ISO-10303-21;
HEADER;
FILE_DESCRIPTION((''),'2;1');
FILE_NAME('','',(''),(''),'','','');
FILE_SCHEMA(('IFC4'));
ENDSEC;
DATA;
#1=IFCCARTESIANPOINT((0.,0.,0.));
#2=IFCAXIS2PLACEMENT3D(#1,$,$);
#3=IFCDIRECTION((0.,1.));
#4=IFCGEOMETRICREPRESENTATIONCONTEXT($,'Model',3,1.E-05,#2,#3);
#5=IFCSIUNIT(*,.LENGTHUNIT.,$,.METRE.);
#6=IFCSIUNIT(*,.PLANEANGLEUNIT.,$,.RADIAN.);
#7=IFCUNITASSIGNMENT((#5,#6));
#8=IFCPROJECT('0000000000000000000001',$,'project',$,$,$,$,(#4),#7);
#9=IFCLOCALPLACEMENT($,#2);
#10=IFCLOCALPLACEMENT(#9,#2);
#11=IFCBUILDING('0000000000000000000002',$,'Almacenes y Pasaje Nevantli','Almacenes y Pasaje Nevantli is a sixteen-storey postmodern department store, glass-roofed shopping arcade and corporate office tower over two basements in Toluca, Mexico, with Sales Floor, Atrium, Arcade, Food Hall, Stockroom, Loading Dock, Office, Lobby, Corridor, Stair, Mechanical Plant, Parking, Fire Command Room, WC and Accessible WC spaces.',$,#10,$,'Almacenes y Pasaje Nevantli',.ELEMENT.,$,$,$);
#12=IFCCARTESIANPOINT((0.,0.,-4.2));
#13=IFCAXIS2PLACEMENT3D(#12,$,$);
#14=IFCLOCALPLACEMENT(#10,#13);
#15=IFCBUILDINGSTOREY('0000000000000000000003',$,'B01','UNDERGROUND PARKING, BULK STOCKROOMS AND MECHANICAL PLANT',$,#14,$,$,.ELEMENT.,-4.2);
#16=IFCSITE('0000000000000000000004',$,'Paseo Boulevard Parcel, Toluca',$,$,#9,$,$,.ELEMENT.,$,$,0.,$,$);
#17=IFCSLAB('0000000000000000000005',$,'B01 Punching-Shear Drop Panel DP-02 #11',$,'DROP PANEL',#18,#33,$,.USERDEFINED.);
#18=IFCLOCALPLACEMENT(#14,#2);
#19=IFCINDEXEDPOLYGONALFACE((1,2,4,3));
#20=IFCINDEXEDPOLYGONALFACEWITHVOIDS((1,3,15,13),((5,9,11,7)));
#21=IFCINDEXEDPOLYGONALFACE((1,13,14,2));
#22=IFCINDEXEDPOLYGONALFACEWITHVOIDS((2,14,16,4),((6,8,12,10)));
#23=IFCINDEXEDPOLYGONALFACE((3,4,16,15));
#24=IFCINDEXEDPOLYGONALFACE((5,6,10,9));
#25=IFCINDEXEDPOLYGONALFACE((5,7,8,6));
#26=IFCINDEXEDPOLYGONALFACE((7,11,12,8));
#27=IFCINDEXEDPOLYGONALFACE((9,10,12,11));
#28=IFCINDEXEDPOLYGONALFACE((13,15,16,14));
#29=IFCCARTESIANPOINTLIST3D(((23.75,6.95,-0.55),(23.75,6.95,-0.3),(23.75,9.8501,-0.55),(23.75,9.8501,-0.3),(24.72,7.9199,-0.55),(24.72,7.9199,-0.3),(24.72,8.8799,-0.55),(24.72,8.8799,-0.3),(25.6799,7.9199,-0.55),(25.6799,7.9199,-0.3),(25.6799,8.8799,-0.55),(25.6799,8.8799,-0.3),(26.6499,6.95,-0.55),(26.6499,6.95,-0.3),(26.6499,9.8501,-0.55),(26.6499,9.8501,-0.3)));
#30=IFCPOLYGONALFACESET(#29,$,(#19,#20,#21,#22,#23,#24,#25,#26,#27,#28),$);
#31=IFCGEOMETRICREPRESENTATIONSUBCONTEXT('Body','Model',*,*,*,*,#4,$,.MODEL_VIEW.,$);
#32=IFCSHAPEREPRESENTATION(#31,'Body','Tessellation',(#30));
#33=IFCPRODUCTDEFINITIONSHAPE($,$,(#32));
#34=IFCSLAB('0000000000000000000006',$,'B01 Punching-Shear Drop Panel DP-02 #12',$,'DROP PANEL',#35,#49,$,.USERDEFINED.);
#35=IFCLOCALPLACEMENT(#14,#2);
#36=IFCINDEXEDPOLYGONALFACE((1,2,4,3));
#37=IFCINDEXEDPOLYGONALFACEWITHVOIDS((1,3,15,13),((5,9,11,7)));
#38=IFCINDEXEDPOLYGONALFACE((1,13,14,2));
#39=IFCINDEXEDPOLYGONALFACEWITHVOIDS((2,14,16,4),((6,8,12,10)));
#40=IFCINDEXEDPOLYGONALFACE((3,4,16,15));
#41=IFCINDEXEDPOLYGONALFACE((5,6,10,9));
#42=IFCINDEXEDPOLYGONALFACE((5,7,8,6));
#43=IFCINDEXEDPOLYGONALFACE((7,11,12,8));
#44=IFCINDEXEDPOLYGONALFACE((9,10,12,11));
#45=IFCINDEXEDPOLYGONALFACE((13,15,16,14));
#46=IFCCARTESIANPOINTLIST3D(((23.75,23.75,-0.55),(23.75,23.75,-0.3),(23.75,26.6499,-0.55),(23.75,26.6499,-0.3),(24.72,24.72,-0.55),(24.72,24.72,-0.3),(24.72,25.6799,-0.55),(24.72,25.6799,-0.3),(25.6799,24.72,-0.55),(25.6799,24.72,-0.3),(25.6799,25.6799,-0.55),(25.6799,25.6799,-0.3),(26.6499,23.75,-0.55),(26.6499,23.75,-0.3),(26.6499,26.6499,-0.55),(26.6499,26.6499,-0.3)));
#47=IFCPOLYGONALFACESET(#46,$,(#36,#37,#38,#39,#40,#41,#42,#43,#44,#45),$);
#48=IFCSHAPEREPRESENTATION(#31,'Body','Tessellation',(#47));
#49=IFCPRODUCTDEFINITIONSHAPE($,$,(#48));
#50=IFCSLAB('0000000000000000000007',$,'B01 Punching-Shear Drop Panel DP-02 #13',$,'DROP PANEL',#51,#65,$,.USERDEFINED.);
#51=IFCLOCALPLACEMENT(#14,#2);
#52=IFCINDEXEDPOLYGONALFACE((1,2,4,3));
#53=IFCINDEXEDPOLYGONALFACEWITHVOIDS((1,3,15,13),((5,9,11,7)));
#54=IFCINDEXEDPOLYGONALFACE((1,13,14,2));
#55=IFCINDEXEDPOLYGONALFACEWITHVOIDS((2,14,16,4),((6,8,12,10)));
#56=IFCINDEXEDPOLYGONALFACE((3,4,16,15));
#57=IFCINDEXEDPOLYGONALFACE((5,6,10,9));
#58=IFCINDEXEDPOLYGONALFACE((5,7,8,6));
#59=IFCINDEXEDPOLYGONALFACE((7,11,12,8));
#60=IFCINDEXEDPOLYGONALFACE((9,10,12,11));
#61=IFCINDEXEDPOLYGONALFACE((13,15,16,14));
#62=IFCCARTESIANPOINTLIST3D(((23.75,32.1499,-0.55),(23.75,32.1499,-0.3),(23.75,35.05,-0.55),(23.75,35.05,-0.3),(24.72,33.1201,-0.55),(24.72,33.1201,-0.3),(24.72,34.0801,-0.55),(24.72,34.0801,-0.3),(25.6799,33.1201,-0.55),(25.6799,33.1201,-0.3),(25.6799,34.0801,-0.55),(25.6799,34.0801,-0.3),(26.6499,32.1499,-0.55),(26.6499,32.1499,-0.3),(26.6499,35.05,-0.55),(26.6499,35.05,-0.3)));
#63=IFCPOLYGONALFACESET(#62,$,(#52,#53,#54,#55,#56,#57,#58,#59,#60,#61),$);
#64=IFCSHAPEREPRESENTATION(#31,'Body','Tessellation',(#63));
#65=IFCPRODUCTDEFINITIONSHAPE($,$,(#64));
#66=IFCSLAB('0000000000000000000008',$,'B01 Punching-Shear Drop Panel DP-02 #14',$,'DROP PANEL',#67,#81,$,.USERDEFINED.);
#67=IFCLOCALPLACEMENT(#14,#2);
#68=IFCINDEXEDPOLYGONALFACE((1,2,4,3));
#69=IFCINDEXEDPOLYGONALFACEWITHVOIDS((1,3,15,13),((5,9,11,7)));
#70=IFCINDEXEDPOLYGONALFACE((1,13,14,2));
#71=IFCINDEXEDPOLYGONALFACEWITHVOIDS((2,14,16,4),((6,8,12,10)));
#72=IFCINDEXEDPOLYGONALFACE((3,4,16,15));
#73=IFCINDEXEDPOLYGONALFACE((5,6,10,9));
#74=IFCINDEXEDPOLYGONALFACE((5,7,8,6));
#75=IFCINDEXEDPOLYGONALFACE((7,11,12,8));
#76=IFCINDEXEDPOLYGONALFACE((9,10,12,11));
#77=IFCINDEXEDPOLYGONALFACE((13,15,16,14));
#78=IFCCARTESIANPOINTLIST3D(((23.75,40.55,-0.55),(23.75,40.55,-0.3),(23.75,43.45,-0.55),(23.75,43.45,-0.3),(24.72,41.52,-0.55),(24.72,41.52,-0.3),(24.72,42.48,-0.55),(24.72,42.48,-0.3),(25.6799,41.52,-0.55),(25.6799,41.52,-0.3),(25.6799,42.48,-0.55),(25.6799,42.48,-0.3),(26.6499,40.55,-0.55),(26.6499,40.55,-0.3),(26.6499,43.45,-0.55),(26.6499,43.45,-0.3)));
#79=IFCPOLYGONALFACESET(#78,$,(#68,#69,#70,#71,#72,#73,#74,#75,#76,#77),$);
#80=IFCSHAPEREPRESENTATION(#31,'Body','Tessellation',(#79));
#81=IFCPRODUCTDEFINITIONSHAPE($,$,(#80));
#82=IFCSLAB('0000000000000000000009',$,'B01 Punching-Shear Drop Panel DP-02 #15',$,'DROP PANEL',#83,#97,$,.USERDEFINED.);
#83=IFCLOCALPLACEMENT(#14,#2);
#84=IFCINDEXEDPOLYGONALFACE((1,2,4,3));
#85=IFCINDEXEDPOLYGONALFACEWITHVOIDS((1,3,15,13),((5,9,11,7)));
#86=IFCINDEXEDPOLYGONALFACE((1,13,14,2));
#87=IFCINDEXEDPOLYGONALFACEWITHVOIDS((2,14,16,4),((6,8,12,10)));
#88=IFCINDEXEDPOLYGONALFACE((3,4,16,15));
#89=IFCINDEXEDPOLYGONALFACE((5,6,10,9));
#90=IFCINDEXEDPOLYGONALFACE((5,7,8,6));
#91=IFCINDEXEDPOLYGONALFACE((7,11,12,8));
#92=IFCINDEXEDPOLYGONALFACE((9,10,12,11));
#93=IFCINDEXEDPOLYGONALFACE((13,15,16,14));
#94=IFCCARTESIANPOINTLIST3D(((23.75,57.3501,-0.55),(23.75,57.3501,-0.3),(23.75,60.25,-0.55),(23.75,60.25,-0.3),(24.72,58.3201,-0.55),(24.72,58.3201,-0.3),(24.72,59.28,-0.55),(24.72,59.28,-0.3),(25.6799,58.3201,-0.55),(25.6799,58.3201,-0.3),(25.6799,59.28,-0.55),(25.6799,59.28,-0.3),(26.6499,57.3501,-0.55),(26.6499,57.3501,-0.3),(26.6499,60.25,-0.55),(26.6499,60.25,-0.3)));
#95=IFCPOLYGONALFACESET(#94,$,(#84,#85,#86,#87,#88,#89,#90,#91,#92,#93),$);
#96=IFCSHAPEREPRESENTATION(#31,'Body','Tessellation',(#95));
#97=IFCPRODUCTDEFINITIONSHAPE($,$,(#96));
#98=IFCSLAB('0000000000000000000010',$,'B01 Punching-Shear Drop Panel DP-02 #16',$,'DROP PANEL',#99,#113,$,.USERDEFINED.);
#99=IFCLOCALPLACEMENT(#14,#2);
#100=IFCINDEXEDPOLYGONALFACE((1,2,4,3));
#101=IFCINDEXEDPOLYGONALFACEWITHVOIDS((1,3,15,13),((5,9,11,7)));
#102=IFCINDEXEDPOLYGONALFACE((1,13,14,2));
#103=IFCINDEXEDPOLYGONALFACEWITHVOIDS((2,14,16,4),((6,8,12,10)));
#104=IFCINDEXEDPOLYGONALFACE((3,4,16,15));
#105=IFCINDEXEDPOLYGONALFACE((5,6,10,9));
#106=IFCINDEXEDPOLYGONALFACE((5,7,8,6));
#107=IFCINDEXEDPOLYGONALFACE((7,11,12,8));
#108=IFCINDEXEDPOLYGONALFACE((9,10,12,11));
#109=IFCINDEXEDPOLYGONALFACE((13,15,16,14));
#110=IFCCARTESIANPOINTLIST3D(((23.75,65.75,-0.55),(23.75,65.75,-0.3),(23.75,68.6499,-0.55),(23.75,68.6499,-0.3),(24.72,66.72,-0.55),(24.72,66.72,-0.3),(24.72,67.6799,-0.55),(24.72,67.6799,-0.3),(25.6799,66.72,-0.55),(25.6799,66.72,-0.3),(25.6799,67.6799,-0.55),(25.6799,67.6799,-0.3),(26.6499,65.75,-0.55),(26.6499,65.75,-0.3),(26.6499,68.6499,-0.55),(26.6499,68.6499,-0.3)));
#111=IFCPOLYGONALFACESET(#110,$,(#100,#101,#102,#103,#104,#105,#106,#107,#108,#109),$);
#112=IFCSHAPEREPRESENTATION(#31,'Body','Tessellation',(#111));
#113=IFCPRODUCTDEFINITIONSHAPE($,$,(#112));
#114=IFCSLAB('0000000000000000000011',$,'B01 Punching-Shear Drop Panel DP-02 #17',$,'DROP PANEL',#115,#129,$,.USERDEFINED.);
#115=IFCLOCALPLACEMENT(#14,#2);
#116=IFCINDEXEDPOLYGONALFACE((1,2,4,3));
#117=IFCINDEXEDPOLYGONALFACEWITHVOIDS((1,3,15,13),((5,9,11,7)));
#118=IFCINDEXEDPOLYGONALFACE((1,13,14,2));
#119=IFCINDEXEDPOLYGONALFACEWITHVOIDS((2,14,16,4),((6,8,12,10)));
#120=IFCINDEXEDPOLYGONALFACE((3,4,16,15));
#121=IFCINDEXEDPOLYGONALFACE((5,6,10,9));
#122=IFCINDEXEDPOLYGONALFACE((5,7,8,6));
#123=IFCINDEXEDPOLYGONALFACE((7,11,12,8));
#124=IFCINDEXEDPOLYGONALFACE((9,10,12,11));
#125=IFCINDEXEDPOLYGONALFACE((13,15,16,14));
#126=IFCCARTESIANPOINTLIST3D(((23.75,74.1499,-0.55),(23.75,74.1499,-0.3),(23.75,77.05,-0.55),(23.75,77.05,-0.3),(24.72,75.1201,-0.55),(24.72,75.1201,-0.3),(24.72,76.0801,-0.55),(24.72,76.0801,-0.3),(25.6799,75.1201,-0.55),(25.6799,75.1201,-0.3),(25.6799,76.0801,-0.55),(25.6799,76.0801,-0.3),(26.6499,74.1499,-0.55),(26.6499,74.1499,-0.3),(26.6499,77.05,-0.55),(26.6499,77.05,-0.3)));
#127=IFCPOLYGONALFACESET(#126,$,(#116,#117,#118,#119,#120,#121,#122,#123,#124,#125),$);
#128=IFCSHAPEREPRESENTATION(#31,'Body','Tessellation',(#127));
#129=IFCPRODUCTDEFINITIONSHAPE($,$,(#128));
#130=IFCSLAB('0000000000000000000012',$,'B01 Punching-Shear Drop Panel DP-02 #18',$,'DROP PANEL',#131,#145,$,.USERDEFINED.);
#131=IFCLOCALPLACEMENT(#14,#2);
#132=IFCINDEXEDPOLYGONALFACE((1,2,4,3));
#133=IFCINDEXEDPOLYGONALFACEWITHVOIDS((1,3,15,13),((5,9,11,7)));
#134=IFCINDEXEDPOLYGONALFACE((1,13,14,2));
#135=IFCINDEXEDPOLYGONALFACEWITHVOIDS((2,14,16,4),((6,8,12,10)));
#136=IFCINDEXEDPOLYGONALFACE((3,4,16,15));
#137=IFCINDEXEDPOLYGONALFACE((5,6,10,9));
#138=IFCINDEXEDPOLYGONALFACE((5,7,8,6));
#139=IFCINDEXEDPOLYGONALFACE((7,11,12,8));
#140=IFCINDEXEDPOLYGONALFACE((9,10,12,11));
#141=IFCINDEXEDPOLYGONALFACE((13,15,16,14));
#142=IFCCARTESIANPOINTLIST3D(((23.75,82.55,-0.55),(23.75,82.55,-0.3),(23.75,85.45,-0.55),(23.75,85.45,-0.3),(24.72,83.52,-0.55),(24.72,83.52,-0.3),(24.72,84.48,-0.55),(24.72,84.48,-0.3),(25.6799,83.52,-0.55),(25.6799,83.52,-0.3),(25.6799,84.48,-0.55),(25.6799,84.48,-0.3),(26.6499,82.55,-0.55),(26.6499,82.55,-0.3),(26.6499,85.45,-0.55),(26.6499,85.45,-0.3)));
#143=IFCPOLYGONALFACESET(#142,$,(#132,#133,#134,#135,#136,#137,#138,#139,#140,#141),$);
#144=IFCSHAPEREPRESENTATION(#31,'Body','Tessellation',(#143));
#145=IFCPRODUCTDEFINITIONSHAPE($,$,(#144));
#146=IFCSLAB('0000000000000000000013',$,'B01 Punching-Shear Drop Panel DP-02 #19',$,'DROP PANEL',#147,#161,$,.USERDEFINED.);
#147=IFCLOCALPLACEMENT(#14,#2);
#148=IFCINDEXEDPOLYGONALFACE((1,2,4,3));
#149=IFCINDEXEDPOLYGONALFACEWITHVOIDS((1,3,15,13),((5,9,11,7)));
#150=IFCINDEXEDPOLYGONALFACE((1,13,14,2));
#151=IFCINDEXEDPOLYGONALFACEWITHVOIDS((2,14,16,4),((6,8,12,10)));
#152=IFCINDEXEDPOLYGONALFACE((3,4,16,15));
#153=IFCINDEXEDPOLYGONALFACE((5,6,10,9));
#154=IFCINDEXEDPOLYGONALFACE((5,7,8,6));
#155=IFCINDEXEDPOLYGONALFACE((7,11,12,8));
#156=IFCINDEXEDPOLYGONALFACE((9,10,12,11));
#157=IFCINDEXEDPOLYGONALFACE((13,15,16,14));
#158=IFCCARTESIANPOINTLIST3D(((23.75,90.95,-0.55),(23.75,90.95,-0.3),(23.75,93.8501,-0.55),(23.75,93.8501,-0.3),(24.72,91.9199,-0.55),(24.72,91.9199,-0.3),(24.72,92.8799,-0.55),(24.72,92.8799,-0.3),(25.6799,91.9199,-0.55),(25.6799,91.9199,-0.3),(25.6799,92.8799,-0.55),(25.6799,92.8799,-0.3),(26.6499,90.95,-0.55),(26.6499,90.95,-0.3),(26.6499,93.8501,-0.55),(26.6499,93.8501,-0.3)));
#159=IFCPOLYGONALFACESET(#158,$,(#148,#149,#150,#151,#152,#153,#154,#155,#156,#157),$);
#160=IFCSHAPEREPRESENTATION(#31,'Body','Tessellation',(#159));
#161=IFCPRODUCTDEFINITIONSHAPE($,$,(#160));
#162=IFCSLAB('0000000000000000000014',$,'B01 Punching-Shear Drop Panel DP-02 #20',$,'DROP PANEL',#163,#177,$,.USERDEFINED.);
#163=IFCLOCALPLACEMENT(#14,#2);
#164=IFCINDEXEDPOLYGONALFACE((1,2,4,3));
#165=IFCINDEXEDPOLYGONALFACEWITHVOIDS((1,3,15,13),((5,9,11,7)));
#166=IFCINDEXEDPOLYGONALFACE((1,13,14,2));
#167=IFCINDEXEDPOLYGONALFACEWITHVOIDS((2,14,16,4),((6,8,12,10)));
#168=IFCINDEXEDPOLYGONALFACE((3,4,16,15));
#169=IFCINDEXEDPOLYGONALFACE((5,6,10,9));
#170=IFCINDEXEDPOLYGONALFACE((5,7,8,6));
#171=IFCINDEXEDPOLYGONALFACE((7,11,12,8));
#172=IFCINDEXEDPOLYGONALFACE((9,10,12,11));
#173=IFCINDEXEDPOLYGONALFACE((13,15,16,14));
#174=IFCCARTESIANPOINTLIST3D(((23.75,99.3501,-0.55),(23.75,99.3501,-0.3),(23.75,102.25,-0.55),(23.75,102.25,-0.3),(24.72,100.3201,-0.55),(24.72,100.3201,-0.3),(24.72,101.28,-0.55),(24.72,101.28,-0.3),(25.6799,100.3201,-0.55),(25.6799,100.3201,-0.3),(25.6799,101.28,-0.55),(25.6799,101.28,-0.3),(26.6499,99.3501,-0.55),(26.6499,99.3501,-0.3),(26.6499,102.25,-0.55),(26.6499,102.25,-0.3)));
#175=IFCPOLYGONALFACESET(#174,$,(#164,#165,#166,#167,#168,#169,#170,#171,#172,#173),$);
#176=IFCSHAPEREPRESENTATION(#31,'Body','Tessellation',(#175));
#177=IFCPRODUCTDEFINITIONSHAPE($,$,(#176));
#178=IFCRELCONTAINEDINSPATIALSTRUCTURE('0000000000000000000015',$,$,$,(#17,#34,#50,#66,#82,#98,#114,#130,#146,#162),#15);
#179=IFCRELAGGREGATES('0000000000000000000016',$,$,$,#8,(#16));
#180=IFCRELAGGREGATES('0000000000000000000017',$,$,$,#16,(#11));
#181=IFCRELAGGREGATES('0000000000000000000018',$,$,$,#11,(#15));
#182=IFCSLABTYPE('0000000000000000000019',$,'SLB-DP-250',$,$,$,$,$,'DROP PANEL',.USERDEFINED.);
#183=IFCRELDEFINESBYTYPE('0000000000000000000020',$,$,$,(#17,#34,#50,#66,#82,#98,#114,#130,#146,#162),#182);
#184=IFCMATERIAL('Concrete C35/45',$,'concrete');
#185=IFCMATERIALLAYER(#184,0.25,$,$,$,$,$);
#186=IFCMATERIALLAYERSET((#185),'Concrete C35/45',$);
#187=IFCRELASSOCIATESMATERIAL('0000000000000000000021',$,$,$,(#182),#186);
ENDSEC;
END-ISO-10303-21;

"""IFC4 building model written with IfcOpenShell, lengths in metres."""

from ifc_helpers import new_model, si_unit, direction, frame, origin, place, context, subcontext, project, spatial, polyline, outline, extrude, material, layer, layer_set, type_object, element, save


model = new_model("IFC4")

# Units and contexts
model_context = context("Model", 3, precision=1e-05, world=origin(), true_north=direction((0.0, 1.0)))
body_context = subcontext(model_context, "Body", "Model", "MODEL_VIEW")
ifc_project = project(units=[si_unit("LENGTHUNIT", "METRE"), si_unit("PLANEANGLEUNIT", "RADIAN")], contexts=[model_context])

# Site, building, storey
site_placement = place(None, origin())
site = spatial("IfcSite", under=ifc_project, at=site_placement, Name="Paseo Boulevard Parcel, Toluca", CompositionType="ELEMENT", RefElevation=0.0)
building_placement = place(site_placement, origin())
building = spatial("IfcBuilding", under=site, at=building_placement, Name="Almacenes y Pasaje Nevantli", Description="Almacenes y Pasaje Nevantli is a sixteen-storey postmodern department store, glass-roofed shopping arcade and corporate office tower over two basements in Toluca, Mexico, with Sales Floor, Atrium, Arcade, Food Hall, Stockroom, Loading Dock, Office, Lobby, Corridor, Stair, Mechanical Plant, Parking, Fire Command Room, WC and Accessible WC spaces.", LongName="Almacenes y Pasaje Nevantli", CompositionType="ELEMENT")
storey_placement = place(building_placement, frame((0.0, 0.0, -4.2)))
storey = spatial("IfcBuildingStorey", under=building, at=storey_placement, Name="B01", Description="UNDERGROUND PARKING, BULK STOCKROOMS AND MECHANICAL PLANT", CompositionType="ELEMENT", Elevation=-4.2)

# Slabs
ifc_material = material(Name="Concrete C35/45", Category="concrete")
ifc_layer = layer(ifc_material, 0.25)
ifc_layer_set = layer_set([ifc_layer], Name="Concrete C35/45")
slab_type = type_object("IfcSlabType", Name="SLB-DP-250", ElementType="DROP PANEL", PredefinedType="USERDEFINED", material=ifc_layer_set)
slab_1_placement = place(storey_placement, frame((0.0, 0.0, -0.55)))
element("IfcSlab", 1, at=slab_1_placement, inside=storey, type_object=slab_type, Name="B01 Punching-Shear Drop Panel DP-02 #11", ObjectType="DROP PANEL", PredefinedType="USERDEFINED", context=body_context, shape_type="SweptSolid", body=[
    extrude(outline(polyline([(23.75, 6.95), (26.6499, 6.95), (26.6499, 9.8501), (23.75, 9.8501), (23.75, 6.95)]), holes=[polyline([(24.72, 7.9199), (25.6799, 7.9199), (25.6799, 8.8799), (24.72, 8.8799), (24.72, 7.9199)])]), origin(), (0.0, 0.0, 1.0), 0.25),
])
slab_2_placement = place(storey_placement, frame((0.0, 0.0, -0.55)))
element("IfcSlab", 2, at=slab_2_placement, inside=storey, type_object=slab_type, Name="B01 Punching-Shear Drop Panel DP-02 #12", ObjectType="DROP PANEL", PredefinedType="USERDEFINED", context=body_context, shape_type="SweptSolid", body=[
    extrude(outline(polyline([(23.75, 23.75), (26.6499, 23.75), (26.6499, 26.6499), (23.75, 26.6499), (23.75, 23.75)]), holes=[polyline([(24.72, 24.72), (25.6799, 24.72), (25.6799, 25.6799), (24.72, 25.6799), (24.72, 24.72)])]), origin(), (0.0, 0.0, 1.0), 0.25),
])
slab_3_placement = place(storey_placement, frame((0.0, 0.0, -0.55)))
element("IfcSlab", 3, at=slab_3_placement, inside=storey, type_object=slab_type, Name="B01 Punching-Shear Drop Panel DP-02 #13", ObjectType="DROP PANEL", PredefinedType="USERDEFINED", context=body_context, shape_type="SweptSolid", body=[
    extrude(outline(polyline([(23.75, 32.1499), (26.6499, 32.1499), (26.6499, 35.05), (23.75, 35.05), (23.75, 32.1499)]), holes=[polyline([(24.72, 33.1201), (25.6799, 33.1201), (25.6799, 34.0801), (24.72, 34.0801), (24.72, 33.1201)])]), origin(), (0.0, 0.0, 1.0), 0.25),
])
slab_4_placement = place(storey_placement, frame((0.0, 0.0, -0.55)))
element("IfcSlab", 4, at=slab_4_placement, inside=storey, type_object=slab_type, Name="B01 Punching-Shear Drop Panel DP-02 #14", ObjectType="DROP PANEL", PredefinedType="USERDEFINED", context=body_context, shape_type="SweptSolid", body=[
    extrude(outline(polyline([(23.75, 40.55), (26.6499, 40.55), (26.6499, 43.45), (23.75, 43.45), (23.75, 40.55)]), holes=[polyline([(24.72, 41.52), (25.6799, 41.52), (25.6799, 42.48), (24.72, 42.48), (24.72, 41.52)])]), origin(), (0.0, 0.0, 1.0), 0.25),
])
slab_5_placement = place(storey_placement, frame((0.0, 0.0, -0.55)))
element("IfcSlab", 5, at=slab_5_placement, inside=storey, type_object=slab_type, Name="B01 Punching-Shear Drop Panel DP-02 #15", ObjectType="DROP PANEL", PredefinedType="USERDEFINED", context=body_context, shape_type="SweptSolid", body=[
    extrude(outline(polyline([(23.75, 57.3501), (26.6499, 57.3501), (26.6499, 60.25), (23.75, 60.25), (23.75, 57.3501)]), holes=[polyline([(24.72, 58.3201), (25.6799, 58.3201), (25.6799, 59.28), (24.72, 59.28), (24.72, 58.3201)])]), origin(), (0.0, 0.0, 1.0), 0.25),
])
slab_6_placement = place(storey_placement, frame((0.0, 0.0, -0.55)))
element("IfcSlab", 6, at=slab_6_placement, inside=storey, type_object=slab_type, Name="B01 Punching-Shear Drop Panel DP-02 #16", ObjectType="DROP PANEL", PredefinedType="USERDEFINED", context=body_context, shape_type="SweptSolid", body=[
    extrude(outline(polyline([(23.75, 65.75), (26.6499, 65.75), (26.6499, 68.6499), (23.75, 68.6499), (23.75, 65.75)]), holes=[polyline([(24.72, 66.72), (25.6799, 66.72), (25.6799, 67.6799), (24.72, 67.6799), (24.72, 66.72)])]), origin(), (0.0, 0.0, 1.0), 0.25),
])
slab_7_placement = place(storey_placement, frame((0.0, 0.0, -0.55)))
element("IfcSlab", 7, at=slab_7_placement, inside=storey, type_object=slab_type, Name="B01 Punching-Shear Drop Panel DP-02 #17", ObjectType="DROP PANEL", PredefinedType="USERDEFINED", context=body_context, shape_type="SweptSolid", body=[
    extrude(outline(polyline([(23.75, 74.1499), (26.6499, 74.1499), (26.6499, 77.05), (23.75, 77.05), (23.75, 74.1499)]), holes=[polyline([(24.72, 75.1201), (25.6799, 75.1201), (25.6799, 76.0801), (24.72, 76.0801), (24.72, 75.1201)])]), origin(), (0.0, 0.0, 1.0), 0.25),
])
slab_8_placement = place(storey_placement, frame((0.0, 0.0, -0.55)))
element("IfcSlab", 8, at=slab_8_placement, inside=storey, type_object=slab_type, Name="B01 Punching-Shear Drop Panel DP-02 #18", ObjectType="DROP PANEL", PredefinedType="USERDEFINED", context=body_context, shape_type="SweptSolid", body=[
    extrude(outline(polyline([(23.75, 82.55), (26.6499, 82.55), (26.6499, 85.45), (23.75, 85.45), (23.75, 82.55)]), holes=[polyline([(24.72, 83.52), (25.6799, 83.52), (25.6799, 84.48), (24.72, 84.48), (24.72, 83.52)])]), origin(), (0.0, 0.0, 1.0), 0.25),
])
slab_9_placement = place(storey_placement, frame((0.0, 0.0, -0.55)))
element("IfcSlab", 9, at=slab_9_placement, inside=storey, type_object=slab_type, Name="B01 Punching-Shear Drop Panel DP-02 #19", ObjectType="DROP PANEL", PredefinedType="USERDEFINED", context=body_context, shape_type="SweptSolid", body=[
    extrude(outline(polyline([(23.75, 90.95), (26.6499, 90.95), (26.6499, 93.8501), (23.75, 93.8501), (23.75, 90.95)]), holes=[polyline([(24.72, 91.9199), (25.6799, 91.9199), (25.6799, 92.8799), (24.72, 92.8799), (24.72, 91.9199)])]), origin(), (0.0, 0.0, 1.0), 0.25),
])
slab_10_placement = place(storey_placement, frame((0.0, 0.0, -0.55)))
element("IfcSlab", 10, at=slab_10_placement, inside=storey, type_object=slab_type, Name="B01 Punching-Shear Drop Panel DP-02 #20", ObjectType="DROP PANEL", PredefinedType="USERDEFINED", context=body_context, shape_type="SweptSolid", body=[
    extrude(outline(polyline([(23.75, 99.3501), (26.6499, 99.3501), (26.6499, 102.25), (23.75, 102.25), (23.75, 99.3501)]), holes=[polyline([(24.72, 100.3201), (25.6799, 100.3201), (25.6799, 101.28), (24.72, 101.28), (24.72, 100.3201)])]), origin(), (0.0, 0.0, 1.0), 0.25),
])

save(model, "model.ifc")
